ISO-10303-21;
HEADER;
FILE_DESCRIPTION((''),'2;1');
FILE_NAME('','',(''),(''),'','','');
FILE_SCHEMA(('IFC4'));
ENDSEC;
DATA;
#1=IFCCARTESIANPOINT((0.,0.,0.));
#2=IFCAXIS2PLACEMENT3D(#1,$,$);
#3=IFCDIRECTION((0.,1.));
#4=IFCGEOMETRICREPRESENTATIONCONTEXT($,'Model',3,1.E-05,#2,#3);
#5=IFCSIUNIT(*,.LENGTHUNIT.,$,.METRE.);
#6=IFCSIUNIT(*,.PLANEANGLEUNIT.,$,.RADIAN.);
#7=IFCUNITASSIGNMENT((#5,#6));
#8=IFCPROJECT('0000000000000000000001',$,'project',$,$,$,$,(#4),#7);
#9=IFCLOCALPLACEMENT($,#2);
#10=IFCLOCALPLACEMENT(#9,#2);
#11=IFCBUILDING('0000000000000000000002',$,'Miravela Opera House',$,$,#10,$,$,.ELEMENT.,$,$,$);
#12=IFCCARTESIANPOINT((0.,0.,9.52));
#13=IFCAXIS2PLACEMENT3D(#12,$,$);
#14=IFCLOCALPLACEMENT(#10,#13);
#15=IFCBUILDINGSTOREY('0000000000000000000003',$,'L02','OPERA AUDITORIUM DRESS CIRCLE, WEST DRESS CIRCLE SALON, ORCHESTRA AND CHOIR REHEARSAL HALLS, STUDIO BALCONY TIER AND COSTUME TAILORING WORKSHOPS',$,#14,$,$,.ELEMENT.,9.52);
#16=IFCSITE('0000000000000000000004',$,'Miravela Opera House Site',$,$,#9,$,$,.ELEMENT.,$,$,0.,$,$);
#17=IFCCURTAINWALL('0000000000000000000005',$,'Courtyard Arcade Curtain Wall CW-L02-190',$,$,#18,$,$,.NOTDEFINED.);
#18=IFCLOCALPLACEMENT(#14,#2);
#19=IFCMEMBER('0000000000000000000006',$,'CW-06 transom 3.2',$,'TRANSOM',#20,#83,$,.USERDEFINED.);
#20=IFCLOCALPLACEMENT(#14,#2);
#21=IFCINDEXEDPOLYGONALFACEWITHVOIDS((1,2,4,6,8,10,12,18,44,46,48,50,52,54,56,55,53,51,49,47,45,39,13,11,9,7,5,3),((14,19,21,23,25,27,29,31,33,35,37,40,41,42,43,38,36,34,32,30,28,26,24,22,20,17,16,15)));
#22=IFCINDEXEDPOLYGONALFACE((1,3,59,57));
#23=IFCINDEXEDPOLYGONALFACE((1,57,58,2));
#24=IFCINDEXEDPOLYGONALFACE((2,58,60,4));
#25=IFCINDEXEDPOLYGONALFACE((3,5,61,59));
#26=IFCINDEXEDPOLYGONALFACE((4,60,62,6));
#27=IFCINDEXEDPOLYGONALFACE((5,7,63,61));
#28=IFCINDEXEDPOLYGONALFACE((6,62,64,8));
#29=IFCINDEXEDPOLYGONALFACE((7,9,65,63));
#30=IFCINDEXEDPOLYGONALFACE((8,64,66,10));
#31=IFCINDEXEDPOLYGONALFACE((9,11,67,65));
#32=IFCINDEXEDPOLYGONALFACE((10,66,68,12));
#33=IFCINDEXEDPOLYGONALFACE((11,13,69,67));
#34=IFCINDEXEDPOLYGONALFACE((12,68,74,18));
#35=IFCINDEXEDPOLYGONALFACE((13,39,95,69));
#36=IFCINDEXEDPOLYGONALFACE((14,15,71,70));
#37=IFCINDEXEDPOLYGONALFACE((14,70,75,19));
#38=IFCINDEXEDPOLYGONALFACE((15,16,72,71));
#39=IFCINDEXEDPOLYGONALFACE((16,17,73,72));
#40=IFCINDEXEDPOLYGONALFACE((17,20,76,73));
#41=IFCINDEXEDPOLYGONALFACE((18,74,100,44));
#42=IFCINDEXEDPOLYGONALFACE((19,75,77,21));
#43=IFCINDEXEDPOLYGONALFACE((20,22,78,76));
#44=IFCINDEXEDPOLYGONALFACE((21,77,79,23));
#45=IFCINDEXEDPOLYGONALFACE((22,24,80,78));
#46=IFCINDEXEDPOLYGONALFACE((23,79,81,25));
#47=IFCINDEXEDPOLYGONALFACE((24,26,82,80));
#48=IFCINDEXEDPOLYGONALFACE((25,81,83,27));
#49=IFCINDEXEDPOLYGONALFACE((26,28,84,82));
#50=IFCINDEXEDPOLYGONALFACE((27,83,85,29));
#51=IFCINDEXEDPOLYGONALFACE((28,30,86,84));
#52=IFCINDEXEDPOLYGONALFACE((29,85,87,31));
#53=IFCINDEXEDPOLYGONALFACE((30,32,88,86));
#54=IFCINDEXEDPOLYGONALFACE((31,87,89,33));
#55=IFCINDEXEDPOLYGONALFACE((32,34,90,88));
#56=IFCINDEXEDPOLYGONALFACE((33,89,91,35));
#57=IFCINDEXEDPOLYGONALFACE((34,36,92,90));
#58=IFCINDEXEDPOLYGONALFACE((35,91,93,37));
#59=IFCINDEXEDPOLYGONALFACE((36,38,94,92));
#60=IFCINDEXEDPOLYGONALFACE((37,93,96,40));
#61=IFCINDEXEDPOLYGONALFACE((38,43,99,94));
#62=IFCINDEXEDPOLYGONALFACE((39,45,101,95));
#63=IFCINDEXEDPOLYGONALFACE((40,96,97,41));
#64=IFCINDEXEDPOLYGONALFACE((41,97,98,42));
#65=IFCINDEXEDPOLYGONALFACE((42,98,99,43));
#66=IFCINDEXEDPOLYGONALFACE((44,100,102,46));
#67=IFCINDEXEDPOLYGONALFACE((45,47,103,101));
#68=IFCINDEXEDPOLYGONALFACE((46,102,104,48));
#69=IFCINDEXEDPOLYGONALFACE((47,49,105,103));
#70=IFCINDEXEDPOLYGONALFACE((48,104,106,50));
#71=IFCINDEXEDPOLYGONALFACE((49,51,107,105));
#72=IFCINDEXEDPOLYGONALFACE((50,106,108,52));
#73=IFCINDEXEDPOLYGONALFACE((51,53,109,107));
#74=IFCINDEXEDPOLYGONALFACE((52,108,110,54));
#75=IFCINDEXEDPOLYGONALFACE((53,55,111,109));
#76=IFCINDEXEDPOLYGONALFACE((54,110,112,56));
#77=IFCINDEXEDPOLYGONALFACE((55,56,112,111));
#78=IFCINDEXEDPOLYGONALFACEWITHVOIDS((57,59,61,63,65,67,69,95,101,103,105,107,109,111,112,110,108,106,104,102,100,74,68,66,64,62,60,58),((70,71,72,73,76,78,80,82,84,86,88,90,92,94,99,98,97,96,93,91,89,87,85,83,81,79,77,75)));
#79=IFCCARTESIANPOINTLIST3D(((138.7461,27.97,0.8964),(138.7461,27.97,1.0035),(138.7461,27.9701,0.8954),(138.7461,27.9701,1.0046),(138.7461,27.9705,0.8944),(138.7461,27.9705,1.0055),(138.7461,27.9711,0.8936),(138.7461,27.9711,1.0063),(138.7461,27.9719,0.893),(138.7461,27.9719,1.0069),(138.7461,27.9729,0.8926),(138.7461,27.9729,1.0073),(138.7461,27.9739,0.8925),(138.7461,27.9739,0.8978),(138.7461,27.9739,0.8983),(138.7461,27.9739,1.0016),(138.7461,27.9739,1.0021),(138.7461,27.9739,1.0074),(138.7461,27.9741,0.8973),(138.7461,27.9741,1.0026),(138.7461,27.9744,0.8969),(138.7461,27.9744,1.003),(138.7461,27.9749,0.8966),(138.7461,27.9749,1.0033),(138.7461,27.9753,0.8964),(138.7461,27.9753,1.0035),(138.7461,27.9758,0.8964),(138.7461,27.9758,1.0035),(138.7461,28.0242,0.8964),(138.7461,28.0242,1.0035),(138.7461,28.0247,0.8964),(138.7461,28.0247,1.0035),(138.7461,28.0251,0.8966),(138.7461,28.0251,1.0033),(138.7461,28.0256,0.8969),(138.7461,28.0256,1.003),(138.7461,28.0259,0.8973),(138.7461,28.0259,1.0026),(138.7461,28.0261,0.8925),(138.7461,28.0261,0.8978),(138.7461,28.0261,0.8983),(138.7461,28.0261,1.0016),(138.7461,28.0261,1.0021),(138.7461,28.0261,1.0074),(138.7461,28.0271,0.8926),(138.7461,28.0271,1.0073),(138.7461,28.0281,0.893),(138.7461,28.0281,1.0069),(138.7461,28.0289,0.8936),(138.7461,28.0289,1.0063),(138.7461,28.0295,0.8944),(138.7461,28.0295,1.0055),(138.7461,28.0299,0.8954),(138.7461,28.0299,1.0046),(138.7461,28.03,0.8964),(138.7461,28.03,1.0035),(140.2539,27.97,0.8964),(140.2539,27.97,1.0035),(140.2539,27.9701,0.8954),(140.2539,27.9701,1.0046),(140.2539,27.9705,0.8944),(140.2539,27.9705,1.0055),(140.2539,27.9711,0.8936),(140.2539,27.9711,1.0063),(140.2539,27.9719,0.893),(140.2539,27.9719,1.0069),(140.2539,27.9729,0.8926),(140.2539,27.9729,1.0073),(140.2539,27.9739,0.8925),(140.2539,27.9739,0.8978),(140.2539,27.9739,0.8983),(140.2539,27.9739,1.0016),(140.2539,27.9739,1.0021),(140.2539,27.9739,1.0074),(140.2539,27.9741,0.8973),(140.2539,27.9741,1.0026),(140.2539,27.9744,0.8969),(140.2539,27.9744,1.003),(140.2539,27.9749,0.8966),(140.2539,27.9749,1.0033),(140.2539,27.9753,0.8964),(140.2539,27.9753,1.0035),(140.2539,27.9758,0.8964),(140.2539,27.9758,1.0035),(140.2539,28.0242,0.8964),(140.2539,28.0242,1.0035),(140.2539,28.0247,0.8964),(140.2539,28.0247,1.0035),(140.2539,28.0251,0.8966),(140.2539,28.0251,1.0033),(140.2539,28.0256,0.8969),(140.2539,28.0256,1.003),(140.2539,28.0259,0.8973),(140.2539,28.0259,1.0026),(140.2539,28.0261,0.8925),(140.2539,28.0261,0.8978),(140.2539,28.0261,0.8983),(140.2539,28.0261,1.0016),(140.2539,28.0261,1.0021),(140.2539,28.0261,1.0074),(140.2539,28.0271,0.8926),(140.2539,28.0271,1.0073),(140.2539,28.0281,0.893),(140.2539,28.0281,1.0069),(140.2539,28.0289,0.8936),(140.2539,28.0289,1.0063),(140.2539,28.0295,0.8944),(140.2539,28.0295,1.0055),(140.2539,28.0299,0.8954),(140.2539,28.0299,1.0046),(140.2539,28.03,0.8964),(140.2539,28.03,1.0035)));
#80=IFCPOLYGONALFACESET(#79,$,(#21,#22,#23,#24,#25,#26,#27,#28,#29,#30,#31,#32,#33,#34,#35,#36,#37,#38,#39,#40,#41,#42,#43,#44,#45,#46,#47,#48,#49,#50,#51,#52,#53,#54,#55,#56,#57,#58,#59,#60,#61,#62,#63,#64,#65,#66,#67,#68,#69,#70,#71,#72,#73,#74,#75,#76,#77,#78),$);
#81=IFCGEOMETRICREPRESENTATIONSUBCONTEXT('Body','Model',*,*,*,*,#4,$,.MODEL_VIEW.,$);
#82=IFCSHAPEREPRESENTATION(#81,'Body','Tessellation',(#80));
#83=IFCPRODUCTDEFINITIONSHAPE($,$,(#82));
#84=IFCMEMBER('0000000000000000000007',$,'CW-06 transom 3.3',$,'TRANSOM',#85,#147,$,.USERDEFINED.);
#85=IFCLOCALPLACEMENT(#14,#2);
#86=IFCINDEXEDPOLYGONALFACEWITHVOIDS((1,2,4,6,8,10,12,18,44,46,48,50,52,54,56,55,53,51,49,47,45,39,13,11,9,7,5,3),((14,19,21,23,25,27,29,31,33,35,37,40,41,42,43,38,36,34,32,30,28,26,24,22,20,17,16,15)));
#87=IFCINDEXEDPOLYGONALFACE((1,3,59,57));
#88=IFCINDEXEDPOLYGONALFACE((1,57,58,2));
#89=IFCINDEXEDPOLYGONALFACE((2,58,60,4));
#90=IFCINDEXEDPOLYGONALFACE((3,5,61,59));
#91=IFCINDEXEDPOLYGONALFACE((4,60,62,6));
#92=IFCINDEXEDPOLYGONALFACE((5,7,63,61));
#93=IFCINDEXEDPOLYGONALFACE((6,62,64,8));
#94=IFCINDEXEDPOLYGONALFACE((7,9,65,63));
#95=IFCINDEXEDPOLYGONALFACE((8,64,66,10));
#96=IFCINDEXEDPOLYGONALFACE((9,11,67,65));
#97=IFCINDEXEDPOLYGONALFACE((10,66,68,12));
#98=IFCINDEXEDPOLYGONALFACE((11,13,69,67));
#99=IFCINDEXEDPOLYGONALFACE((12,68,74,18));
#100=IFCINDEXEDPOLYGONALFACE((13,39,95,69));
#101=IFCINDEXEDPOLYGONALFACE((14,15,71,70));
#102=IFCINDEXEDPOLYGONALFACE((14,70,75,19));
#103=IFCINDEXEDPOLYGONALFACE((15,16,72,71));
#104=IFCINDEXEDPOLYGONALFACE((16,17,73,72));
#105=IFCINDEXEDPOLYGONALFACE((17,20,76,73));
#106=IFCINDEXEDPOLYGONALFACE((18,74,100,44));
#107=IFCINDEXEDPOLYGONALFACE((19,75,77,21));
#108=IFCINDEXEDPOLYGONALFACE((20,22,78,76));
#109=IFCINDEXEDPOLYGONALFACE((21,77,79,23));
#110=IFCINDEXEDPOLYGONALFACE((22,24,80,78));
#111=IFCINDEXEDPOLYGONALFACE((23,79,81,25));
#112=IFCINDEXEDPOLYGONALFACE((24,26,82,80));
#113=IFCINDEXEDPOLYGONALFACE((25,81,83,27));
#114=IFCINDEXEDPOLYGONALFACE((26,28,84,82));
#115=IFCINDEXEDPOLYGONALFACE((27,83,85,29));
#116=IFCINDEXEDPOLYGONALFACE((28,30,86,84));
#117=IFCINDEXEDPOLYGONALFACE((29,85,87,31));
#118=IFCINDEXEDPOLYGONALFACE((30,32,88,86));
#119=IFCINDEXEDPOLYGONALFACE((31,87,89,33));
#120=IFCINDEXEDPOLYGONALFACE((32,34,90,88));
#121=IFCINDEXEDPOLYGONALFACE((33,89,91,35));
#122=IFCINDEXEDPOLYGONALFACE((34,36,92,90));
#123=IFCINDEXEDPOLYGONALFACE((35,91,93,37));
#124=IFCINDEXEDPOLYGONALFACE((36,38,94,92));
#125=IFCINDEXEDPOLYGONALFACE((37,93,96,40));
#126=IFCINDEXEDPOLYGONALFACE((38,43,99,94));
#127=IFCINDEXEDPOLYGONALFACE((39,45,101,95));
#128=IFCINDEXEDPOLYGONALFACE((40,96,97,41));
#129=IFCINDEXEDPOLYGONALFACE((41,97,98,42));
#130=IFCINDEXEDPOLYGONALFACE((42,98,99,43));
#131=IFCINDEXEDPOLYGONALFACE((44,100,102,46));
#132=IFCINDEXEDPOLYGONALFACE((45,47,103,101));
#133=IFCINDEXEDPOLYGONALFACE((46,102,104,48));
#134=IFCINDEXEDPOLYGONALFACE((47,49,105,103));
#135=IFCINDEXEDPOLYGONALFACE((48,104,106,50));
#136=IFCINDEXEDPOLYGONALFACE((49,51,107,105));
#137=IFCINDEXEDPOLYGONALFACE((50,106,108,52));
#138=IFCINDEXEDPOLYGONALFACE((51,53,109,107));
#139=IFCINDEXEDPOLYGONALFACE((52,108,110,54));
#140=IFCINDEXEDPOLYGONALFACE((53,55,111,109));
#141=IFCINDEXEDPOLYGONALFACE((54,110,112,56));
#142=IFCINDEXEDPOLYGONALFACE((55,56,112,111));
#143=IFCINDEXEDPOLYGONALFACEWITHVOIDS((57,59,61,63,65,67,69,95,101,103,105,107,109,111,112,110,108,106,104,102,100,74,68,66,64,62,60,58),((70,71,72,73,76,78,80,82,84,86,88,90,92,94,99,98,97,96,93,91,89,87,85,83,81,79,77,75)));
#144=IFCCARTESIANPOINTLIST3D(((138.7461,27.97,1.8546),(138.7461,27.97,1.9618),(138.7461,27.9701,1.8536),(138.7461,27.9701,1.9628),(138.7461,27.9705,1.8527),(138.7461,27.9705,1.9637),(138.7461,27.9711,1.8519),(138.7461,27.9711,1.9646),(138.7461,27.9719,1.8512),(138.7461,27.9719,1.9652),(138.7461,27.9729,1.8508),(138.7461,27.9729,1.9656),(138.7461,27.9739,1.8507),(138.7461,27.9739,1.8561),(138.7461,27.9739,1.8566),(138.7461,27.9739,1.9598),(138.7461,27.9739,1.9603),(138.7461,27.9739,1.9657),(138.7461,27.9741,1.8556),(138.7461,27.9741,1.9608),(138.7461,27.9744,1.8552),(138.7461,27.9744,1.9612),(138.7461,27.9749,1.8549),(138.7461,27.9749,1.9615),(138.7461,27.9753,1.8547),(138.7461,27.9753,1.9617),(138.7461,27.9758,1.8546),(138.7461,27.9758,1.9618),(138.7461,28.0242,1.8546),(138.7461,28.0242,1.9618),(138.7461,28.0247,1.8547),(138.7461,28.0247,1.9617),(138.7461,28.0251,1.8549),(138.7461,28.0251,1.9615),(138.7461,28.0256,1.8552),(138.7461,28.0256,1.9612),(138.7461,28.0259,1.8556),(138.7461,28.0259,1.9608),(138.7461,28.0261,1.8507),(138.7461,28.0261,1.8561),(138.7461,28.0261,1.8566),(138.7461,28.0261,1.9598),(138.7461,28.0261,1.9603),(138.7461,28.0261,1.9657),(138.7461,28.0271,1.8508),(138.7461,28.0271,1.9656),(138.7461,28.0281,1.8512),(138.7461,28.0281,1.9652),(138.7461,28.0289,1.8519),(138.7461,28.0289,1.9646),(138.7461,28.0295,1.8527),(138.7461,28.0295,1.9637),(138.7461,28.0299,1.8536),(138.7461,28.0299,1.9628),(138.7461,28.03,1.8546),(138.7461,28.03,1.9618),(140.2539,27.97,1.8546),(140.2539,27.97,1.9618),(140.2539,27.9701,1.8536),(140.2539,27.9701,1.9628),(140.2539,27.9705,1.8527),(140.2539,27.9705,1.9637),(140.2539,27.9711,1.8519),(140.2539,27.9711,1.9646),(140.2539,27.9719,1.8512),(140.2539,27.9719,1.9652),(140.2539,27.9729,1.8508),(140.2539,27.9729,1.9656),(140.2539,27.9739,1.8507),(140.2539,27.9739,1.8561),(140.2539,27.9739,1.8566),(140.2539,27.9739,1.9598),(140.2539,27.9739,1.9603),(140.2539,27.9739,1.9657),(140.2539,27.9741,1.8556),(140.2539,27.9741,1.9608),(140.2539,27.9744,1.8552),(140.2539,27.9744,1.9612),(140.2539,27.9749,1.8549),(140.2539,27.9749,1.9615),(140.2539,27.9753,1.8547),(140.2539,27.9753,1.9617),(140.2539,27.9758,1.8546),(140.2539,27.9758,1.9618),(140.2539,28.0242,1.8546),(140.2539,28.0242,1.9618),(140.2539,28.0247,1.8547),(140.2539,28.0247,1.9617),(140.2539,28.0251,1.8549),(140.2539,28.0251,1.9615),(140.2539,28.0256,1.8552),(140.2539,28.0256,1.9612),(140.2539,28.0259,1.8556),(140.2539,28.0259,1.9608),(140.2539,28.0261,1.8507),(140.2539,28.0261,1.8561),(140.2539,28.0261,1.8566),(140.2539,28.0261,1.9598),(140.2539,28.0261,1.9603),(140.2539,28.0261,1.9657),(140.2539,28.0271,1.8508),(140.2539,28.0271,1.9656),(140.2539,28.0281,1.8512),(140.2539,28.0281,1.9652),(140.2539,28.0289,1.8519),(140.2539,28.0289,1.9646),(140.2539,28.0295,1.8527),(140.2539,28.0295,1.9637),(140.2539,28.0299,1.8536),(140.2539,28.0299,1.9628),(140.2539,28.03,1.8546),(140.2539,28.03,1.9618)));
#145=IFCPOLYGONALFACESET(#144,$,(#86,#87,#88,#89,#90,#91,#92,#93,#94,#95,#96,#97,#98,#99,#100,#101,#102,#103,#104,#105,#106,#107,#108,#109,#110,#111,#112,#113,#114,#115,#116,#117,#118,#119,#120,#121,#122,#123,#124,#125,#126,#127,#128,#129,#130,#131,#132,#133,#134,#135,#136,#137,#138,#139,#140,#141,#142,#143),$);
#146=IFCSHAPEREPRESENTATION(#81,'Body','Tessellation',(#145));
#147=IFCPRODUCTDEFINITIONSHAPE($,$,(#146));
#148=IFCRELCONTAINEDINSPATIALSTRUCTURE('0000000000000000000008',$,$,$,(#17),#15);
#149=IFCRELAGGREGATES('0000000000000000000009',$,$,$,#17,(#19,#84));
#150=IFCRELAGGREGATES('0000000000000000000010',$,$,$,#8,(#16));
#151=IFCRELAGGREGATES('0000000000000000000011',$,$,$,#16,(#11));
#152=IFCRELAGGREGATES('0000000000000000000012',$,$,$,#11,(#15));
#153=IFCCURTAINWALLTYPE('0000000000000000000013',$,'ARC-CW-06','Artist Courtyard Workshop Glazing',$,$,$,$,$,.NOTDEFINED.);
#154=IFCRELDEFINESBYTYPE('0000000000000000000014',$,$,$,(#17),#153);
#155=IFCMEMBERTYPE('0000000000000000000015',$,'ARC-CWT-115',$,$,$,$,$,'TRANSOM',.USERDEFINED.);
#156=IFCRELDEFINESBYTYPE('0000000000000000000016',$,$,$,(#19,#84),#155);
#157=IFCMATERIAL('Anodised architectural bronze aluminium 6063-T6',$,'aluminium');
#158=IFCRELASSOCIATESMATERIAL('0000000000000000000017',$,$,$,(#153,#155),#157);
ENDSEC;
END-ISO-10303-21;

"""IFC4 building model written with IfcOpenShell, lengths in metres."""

from ifc_helpers import new_model, si_unit, direction, frame, origin, origin_2d, place, context, subcontext, project, spatial, hollow_rectangle, extrude, material, material_profile, profile_set, type_object, element, aggregate, save


model = new_model("IFC4")

# Units and contexts
model_context = context("Model", 3, precision=1e-05, world=origin(), true_north=direction((0.0, 1.0)))
body_context = subcontext(model_context, "Body", "Model", "MODEL_VIEW")
ifc_project = project(units=[si_unit("LENGTHUNIT", "METRE"), si_unit("PLANEANGLEUNIT", "RADIAN")], contexts=[model_context])

# Site, building, storey
site_placement = place(None, origin())
site = spatial("IfcSite", under=ifc_project, at=site_placement, Name="Miravela Opera House Site", CompositionType="ELEMENT", RefElevation=0.0)
building_placement = place(site_placement, origin())
building = spatial("IfcBuilding", under=site, at=building_placement, Name="Miravela Opera House", CompositionType="ELEMENT")
storey_placement = place(building_placement, frame((0.0, 0.0, 9.52)))
storey = spatial("IfcBuildingStorey", under=building, at=storey_placement, Name="L02", Description="OPERA AUDITORIUM DRESS CIRCLE, WEST DRESS CIRCLE SALON, ORCHESTRA AND CHOIR REHEARSAL HALLS, STUDIO BALCONY TIER AND COSTUME TAILORING WORKSHOPS", CompositionType="ELEMENT", Elevation=9.52)

# Curtain wall, members
ifc_material_1 = material(Name="Anodised architectural bronze aluminium 6063-T6", Category="aluminium")
curtain_wall_type = type_object("IfcCurtainWallType", Name="ARC-CW-06", Description="Artist Courtyard Workshop Glazing", PredefinedType="NOTDEFINED", material=ifc_material_1)
curtain_wall_placement = place(storey_placement, origin())
curtain_wall = element("IfcCurtainWall", 1, at=curtain_wall_placement, inside=storey, type_object=curtain_wall_type, Name="Courtyard Arcade Curtain Wall CW-L02-190", PredefinedType="NOTDEFINED")
ifc_material_profile_1 = material_profile(ifc_material_1, hollow_rectangle(XDim=0.0601, YDim=0.115, WallThickness=0.0039, InnerFilletRadius=0.002, OuterFilletRadius=0.0039, at=origin_2d()), Name="CWT-60X115")
ifc_profile_set_1 = profile_set([ifc_material_profile_1])
member_type_1 = type_object("IfcMemberType", Name="ARC-CWT-115", ElementType="TRANSOM", PredefinedType="USERDEFINED", material=ifc_profile_set_1)
member_1_placement = place(storey_placement, frame((138.7461, 28.0, 0.95), z_axis=(1.0, 0.0, 0.0), x_axis=(0.0, 1.0, 0.0)))
member_1 = element("IfcMember", 2, at=member_1_placement, type_object=member_type_1, Name="CW-06 transom 3.2", ObjectType="TRANSOM", PredefinedType="USERDEFINED", context=body_context, shape_type="SweptSolid", body=[
    extrude(hollow_rectangle(XDim=0.0601, YDim=0.115, WallThickness=0.0039, InnerFilletRadius=0.002, OuterFilletRadius=0.0039, at=origin_2d()), origin(), (0.0, 0.0, 1.0), 1.5078),
])
member_2_placement = place(storey_placement, frame((138.7461, 28.0, 1.9082), z_axis=(1.0, 0.0, 0.0), x_axis=(0.0, 1.0, 0.0)))
member_2 = element("IfcMember", 3, at=member_2_placement, type_object=member_type_1, Name="CW-06 transom 3.3", ObjectType="TRANSOM", PredefinedType="USERDEFINED", context=body_context, shape_type="SweptSolid", body=[
    extrude(hollow_rectangle(XDim=0.0601, YDim=0.115, WallThickness=0.0039, InnerFilletRadius=0.002, OuterFilletRadius=0.0039, at=origin_2d()), origin(), (0.0, 0.0, 1.0), 1.5078),
])

aggregate(curtain_wall, [member_1, member_2])

save(model, "model.ifc")
